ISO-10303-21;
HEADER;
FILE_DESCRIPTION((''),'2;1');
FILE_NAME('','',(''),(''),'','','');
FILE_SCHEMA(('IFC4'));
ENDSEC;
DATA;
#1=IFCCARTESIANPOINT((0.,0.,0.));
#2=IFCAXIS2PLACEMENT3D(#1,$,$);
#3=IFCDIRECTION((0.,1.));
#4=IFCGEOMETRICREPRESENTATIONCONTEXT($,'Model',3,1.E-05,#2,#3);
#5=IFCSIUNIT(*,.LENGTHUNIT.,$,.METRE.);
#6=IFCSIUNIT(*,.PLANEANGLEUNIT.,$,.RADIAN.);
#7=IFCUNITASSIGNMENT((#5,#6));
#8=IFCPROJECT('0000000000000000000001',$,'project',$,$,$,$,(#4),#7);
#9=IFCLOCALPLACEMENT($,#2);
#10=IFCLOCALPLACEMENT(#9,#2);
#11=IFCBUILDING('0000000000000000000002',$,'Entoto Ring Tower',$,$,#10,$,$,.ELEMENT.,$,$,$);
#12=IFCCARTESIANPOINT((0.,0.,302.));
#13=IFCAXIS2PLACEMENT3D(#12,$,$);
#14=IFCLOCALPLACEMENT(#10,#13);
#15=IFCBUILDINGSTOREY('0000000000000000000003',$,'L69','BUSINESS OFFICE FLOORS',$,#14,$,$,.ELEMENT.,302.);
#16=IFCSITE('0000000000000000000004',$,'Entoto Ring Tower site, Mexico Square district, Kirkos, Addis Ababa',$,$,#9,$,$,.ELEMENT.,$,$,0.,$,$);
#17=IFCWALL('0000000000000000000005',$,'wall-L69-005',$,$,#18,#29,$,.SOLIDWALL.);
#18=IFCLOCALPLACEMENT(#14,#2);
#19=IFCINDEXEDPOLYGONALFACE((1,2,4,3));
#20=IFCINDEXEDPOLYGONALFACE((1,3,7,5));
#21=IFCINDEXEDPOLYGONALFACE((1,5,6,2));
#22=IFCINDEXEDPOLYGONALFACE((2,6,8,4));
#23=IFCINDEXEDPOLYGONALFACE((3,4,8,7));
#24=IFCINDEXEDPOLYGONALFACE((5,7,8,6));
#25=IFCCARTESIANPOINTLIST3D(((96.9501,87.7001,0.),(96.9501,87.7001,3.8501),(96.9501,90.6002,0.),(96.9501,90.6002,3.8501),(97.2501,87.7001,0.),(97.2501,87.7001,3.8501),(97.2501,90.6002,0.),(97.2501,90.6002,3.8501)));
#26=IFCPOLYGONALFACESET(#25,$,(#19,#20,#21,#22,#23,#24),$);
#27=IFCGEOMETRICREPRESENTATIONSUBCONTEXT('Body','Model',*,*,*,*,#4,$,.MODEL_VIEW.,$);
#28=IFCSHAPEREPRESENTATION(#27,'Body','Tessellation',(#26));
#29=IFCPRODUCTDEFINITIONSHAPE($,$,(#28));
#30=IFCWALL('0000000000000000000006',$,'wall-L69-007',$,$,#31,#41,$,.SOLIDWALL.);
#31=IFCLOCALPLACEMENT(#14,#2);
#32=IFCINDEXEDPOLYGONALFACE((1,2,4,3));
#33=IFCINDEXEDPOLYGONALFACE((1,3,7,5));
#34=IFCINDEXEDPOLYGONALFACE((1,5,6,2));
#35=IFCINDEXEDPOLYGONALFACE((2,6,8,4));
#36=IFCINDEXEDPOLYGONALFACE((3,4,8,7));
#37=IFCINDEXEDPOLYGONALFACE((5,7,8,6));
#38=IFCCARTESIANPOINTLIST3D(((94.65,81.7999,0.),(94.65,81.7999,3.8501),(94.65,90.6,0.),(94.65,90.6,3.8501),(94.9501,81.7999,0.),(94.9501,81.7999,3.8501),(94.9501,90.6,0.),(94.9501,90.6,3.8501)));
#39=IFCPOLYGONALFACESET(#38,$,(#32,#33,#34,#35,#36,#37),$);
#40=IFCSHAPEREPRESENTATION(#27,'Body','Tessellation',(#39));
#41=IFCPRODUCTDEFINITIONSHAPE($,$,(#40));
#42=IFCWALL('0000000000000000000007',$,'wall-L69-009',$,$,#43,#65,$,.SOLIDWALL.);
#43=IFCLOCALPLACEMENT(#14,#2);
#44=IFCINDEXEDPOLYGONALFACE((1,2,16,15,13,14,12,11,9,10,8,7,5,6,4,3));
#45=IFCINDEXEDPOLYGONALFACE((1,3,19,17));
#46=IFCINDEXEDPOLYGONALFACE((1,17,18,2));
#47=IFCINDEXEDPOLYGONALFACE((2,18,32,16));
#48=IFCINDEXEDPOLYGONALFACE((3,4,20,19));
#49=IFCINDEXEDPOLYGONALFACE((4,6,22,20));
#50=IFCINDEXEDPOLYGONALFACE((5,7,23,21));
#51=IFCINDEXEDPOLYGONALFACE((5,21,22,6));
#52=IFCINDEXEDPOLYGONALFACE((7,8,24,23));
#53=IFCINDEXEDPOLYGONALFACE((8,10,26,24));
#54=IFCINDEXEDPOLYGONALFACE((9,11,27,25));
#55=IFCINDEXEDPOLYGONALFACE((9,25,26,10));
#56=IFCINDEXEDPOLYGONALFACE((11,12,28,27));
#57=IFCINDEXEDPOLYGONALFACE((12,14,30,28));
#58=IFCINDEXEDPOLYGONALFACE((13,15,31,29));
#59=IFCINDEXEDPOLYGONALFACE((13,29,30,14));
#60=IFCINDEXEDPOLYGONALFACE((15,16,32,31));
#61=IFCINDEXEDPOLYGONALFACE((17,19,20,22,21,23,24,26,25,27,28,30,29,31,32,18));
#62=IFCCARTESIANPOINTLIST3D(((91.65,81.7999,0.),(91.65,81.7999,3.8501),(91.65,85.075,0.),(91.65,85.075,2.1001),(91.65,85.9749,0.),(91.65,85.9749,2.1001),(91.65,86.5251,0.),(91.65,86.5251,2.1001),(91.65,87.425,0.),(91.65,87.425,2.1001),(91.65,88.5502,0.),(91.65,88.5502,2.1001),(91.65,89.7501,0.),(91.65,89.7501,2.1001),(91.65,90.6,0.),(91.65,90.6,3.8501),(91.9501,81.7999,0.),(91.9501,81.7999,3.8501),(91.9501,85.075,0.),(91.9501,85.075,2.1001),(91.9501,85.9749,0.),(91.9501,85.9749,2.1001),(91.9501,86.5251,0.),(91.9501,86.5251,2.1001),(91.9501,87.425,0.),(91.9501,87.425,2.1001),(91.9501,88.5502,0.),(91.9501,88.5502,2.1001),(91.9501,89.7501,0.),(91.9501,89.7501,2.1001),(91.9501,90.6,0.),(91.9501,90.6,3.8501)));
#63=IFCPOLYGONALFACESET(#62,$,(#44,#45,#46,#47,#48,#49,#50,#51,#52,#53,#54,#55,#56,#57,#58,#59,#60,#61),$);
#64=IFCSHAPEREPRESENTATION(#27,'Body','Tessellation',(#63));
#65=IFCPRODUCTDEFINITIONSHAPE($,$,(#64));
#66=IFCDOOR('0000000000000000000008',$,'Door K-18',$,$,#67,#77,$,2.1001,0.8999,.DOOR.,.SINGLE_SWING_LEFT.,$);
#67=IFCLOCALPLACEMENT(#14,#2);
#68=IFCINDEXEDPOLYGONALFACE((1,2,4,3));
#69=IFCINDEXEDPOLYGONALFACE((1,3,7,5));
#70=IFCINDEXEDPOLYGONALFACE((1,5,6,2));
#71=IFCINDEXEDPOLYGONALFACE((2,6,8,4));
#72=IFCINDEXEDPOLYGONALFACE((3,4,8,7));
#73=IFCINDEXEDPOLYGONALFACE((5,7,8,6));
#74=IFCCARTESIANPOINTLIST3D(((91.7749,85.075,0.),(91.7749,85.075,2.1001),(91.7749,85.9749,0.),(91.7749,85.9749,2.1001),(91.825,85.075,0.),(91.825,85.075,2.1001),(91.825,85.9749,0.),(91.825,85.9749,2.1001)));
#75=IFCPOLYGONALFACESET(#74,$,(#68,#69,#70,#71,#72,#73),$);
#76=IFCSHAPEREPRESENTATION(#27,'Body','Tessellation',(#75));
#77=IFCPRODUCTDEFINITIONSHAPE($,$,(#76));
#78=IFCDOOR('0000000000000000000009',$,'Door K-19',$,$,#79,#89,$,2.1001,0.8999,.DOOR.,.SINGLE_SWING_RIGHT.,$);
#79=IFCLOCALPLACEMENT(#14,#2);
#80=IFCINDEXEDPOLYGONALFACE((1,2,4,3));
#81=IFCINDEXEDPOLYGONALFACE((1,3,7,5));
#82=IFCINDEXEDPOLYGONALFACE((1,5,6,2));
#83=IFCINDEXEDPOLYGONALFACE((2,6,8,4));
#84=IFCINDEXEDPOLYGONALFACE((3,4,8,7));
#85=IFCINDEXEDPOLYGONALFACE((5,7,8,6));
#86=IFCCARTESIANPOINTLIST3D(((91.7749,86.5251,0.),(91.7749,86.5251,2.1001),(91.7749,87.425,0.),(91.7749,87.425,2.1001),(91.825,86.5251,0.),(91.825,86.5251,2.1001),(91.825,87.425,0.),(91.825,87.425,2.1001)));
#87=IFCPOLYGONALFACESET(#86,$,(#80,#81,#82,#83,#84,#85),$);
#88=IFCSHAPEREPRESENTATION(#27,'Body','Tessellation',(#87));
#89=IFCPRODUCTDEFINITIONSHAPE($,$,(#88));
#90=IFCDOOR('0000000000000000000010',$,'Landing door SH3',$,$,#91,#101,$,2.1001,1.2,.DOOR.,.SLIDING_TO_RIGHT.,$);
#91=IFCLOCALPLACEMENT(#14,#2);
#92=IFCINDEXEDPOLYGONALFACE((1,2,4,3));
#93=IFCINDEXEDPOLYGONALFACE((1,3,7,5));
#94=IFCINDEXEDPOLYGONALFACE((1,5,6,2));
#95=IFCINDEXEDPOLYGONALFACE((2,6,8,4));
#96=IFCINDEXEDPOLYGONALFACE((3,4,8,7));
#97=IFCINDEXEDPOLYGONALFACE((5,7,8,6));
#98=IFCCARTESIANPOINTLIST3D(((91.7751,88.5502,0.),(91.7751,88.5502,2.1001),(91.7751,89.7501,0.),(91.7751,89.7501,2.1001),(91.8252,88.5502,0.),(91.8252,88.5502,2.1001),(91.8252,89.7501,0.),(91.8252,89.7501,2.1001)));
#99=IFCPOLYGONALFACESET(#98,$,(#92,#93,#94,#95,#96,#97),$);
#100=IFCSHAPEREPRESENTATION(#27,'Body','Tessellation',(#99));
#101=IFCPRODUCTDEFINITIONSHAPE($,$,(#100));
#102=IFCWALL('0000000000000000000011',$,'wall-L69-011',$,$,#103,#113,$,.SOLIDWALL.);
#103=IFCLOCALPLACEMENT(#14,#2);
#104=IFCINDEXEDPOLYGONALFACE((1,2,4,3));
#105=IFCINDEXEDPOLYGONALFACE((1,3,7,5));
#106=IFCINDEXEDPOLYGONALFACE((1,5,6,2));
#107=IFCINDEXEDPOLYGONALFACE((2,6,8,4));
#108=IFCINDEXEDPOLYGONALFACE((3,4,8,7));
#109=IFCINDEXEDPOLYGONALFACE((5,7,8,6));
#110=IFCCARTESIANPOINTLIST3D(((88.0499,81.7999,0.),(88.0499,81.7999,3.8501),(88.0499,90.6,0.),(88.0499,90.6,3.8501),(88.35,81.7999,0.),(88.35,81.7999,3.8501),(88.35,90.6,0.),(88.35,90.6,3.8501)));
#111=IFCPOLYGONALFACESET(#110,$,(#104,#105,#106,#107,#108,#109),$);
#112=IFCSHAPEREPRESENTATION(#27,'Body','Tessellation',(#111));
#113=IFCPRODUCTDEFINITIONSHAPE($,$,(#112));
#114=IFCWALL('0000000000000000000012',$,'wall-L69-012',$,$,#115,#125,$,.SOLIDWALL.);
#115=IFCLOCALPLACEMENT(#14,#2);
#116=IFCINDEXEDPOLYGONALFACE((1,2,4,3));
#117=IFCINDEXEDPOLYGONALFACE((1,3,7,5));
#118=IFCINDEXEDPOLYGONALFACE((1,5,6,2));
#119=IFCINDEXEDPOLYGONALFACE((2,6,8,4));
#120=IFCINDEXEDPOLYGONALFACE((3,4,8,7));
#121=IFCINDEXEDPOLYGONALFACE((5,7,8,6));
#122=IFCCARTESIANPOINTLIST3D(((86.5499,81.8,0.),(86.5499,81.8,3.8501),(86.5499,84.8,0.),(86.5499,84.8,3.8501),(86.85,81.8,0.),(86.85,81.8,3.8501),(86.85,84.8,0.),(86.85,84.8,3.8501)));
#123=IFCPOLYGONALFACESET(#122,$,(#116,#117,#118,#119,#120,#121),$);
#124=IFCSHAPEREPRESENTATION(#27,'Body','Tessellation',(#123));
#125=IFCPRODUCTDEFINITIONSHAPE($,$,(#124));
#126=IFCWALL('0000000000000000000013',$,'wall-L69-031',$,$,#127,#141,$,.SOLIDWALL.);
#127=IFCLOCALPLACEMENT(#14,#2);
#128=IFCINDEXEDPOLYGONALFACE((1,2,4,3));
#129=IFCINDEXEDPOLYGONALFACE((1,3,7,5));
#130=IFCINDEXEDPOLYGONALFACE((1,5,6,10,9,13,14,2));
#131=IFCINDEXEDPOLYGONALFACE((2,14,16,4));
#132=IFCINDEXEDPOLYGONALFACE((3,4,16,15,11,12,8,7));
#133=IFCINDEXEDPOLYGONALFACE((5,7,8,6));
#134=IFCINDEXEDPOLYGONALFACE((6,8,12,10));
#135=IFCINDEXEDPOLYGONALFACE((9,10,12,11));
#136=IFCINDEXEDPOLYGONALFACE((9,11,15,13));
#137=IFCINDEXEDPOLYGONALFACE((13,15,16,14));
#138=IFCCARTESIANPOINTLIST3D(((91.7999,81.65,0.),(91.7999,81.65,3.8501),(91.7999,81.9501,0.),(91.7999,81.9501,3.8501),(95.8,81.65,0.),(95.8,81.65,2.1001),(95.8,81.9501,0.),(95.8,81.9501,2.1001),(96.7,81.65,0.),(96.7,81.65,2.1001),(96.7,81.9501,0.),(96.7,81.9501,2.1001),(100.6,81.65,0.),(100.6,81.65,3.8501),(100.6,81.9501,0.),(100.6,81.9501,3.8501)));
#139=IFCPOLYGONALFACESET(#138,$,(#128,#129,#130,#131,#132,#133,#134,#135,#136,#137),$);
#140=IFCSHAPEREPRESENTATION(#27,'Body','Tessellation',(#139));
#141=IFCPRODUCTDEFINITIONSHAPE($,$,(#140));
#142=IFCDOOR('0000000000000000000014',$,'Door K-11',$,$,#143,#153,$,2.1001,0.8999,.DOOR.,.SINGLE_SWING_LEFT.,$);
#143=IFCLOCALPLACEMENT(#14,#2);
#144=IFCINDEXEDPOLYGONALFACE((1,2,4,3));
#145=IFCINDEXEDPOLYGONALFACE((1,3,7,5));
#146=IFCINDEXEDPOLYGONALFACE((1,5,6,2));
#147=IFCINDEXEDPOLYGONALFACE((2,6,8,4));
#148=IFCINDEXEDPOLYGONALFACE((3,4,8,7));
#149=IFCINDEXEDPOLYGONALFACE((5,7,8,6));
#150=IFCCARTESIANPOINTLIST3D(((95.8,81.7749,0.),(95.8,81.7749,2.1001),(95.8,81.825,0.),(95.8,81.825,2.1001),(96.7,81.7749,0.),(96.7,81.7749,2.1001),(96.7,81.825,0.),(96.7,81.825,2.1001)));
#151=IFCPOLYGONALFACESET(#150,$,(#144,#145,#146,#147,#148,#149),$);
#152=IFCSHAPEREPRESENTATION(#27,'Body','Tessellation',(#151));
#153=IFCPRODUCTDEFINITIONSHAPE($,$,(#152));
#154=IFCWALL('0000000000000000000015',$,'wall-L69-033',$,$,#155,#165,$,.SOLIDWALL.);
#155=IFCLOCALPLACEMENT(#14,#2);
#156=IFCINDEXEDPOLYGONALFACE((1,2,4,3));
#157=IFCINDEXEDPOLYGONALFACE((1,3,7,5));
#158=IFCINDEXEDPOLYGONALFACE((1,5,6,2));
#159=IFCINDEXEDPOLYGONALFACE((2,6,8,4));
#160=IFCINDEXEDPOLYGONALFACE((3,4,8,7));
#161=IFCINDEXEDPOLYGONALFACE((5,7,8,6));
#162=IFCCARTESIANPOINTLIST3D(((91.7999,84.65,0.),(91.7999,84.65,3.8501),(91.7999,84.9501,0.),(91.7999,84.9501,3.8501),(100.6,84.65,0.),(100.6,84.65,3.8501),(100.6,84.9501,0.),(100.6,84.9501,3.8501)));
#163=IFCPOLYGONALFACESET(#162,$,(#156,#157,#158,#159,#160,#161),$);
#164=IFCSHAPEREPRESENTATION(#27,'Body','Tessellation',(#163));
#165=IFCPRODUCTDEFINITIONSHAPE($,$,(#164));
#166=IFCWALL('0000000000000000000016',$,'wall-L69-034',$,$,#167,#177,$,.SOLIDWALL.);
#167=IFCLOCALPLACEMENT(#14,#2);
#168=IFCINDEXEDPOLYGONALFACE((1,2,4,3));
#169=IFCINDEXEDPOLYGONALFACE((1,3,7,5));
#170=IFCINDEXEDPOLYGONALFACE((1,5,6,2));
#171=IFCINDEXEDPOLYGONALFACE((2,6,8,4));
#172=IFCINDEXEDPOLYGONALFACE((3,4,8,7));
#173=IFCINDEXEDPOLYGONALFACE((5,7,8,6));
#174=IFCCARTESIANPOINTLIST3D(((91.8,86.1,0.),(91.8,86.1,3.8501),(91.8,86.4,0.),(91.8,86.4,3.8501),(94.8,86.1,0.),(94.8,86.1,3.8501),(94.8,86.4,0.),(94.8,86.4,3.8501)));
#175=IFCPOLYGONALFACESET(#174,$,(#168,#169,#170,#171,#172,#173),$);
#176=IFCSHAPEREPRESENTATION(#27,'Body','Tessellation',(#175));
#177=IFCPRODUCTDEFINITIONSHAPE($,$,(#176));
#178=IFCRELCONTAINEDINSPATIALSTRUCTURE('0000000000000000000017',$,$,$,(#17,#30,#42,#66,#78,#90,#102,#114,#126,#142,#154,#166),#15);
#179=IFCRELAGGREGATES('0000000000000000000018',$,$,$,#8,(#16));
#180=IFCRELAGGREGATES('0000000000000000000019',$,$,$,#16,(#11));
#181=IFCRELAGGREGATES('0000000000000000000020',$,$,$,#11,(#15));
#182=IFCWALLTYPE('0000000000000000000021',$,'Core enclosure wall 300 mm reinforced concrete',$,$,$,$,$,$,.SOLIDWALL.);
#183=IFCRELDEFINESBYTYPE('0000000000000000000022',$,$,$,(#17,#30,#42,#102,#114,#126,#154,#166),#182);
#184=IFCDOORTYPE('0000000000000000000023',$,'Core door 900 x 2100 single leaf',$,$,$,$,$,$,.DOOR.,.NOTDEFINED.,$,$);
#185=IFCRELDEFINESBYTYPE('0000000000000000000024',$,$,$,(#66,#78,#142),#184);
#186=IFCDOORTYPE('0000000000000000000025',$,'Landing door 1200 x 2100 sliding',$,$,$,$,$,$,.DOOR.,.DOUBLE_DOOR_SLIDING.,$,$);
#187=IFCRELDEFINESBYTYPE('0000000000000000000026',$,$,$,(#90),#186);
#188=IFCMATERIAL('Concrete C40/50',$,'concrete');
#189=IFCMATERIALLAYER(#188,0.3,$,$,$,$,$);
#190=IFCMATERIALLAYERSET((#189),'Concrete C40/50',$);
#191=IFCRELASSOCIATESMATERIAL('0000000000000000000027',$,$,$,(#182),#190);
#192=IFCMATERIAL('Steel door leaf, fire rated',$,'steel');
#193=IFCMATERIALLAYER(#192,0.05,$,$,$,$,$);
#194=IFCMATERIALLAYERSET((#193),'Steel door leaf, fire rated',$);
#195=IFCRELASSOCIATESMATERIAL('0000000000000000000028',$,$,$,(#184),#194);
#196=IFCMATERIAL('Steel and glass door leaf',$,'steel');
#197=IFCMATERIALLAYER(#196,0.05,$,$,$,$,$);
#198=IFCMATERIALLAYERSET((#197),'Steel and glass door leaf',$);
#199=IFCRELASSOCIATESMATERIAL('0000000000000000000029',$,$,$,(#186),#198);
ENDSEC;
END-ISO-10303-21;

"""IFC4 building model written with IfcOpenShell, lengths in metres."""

from ifc_helpers import new_model, si_unit, direction, frame, frame_2d, origin, place, context, subcontext, project, spatial, rectangle, extrude, material, layer, layer_set, type_object, element, fill, save


model = new_model("IFC4")

# Units and contexts
model_context = context("Model", 3, precision=1e-05, world=origin(), true_north=direction((0.0, 1.0)))
body_context = subcontext(model_context, "Body", "Model", "MODEL_VIEW")
ifc_project = project(units=[si_unit("LENGTHUNIT", "METRE"), si_unit("PLANEANGLEUNIT", "RADIAN")], contexts=[model_context])

# Site, building, storey
site_placement = place(None, origin())
site = spatial("IfcSite", under=ifc_project, at=site_placement, Name="Entoto Ring Tower site, Mexico Square district, Kirkos, Addis Ababa", CompositionType="ELEMENT", RefElevation=0.0)
building_placement = place(site_placement, origin())
building = spatial("IfcBuilding", under=site, at=building_placement, Name="Entoto Ring Tower", CompositionType="ELEMENT")
storey_placement = place(building_placement, frame((0.0, 0.0, 302.0)))
storey = spatial("IfcBuildingStorey", under=building, at=storey_placement, Name="L69", Description="BUSINESS OFFICE FLOORS", CompositionType="ELEMENT", Elevation=302.0)

# Walls
ifc_material_1 = material(Name="Concrete C40/50", Category="concrete")
ifc_layer_1 = layer(ifc_material_1, 0.3)
ifc_layer_set_1 = layer_set([ifc_layer_1], Name="Concrete C40/50")
wall_type = type_object("IfcWallType", Name="Core enclosure wall 300 mm reinforced concrete", PredefinedType="SOLIDWALL", material=ifc_layer_set_1)
wall_1_placement = place(storey_placement, frame((97.1001, 87.7, 0.0), z_axis=(0.0, 0.0, 1.0), x_axis=(0.0, 1.0, 0.0)))
element("IfcWall", 1, at=wall_1_placement, inside=storey, type_object=wall_type, Name="wall-L69-005", PredefinedType="SOLIDWALL", context=body_context, shape_type="SweptSolid", body=[
    extrude(rectangle(XDim=2.9001, YDim=0.3, at=frame_2d((1.4502, 0.0))), origin(), (0.0, 0.0, 1.0), 3.8501),
])
wall_2_placement = place(storey_placement, frame((94.8, 81.8, 0.0), z_axis=(0.0, 0.0, 1.0), x_axis=(0.0, 1.0, 0.0)))
element("IfcWall", 2, at=wall_2_placement, inside=storey, type_object=wall_type, Name="wall-L69-007", PredefinedType="SOLIDWALL", context=body_context, shape_type="SweptSolid", body=[
    extrude(rectangle(XDim=8.8, YDim=0.3, at=frame_2d((4.3999, 0.0))), origin(), (0.0, 0.0, 1.0), 3.8501),
])

# Wall, openings, doors
wall_3_placement = place(storey_placement, frame((91.8, 81.8, 0.0), z_axis=(0.0, 0.0, 1.0), x_axis=(0.0, 1.0, 0.0)))
wall_3 = element("IfcWall", 3, at=wall_3_placement, inside=storey, type_object=wall_type, Name="wall-L69-009", PredefinedType="SOLIDWALL", context=body_context, shape_type="SweptSolid", body=[
    extrude(rectangle(XDim=8.8, YDim=0.3, at=frame_2d((4.3999, 0.0))), origin(), (0.0, 0.0, 1.0), 3.8501),
])
opening_1_placement = place(wall_3_placement, frame((6.75, 0.0, 0.0)))
opening_1 = element("IfcOpeningElement", 4, at=opening_1_placement, cuts=wall_3, PredefinedType="OPENING", context=body_context, shape_type="SweptSolid", body=[
    extrude(rectangle(XDim=1.2, YDim=2.1001, at=frame_2d((0.6001, 1.05))), frame((0.0, 0.1602, 0.0), z_axis=(0.0, -1.0, 0.0), x_axis=(1.0, 0.0, 0.0)), (0.0, 0.0, 1.0), 0.3201),
])
opening_2_placement = place(wall_3_placement, frame((3.2749, 0.0, 0.0)))
opening_2 = element("IfcOpeningElement", 5, at=opening_2_placement, cuts=wall_3, PredefinedType="OPENING", context=body_context, shape_type="SweptSolid", body=[
    extrude(rectangle(XDim=0.8999, YDim=2.1001, at=frame_2d((0.45, 1.05))), frame((0.0, 0.1602, 0.0), z_axis=(0.0, -1.0, 0.0), x_axis=(1.0, 0.0, 0.0)), (0.0, 0.0, 1.0), 0.3201),
])
opening_3_placement = place(wall_3_placement, frame((4.7251, 0.0, 0.0)))
opening_3 = element("IfcOpeningElement", 6, at=opening_3_placement, cuts=wall_3, PredefinedType="OPENING", context=body_context, shape_type="SweptSolid", body=[
    extrude(rectangle(XDim=0.8999, YDim=2.1001, at=frame_2d((0.45, 1.05))), frame((0.0, 0.1602, 0.0), z_axis=(0.0, -1.0, 0.0), x_axis=(1.0, 0.0, 0.0)), (0.0, 0.0, 1.0), 0.3201),
])
ifc_material_2 = material(Name="Steel door leaf, fire rated", Category="steel")
ifc_layer_2 = layer(ifc_material_2, 0.05)
ifc_layer_set_2 = layer_set([ifc_layer_2], Name="Steel door leaf, fire rated")
door_type_1 = type_object("IfcDoorType", Name="Core door 900 x 2100 single leaf", OperationType="NOTDEFINED", PredefinedType="DOOR", material=ifc_layer_set_2)
door_1_placement = place(opening_2_placement, frame((0.8999, 0.0, 0.0), z_axis=(0.0, 0.0, 1.0), x_axis=(-1.0, 0.0, 0.0)))
door_1 = element("IfcDoor", 7, at=door_1_placement, inside=storey, type_object=door_type_1, Name="Door K-18", OperationType="SINGLE_SWING_LEFT", OverallHeight=2.1001, OverallWidth=0.8999, PredefinedType="DOOR", context=body_context, shape_type="SweptSolid", body=[
    extrude(rectangle(XDim=0.8999, YDim=2.1001, at=frame_2d((0.45, 1.05))), frame((0.0, 0.0249, 0.0), z_axis=(0.0, -1.0, 0.0), x_axis=(1.0, 0.0, 0.0)), (0.0, 0.0, 1.0), 0.05),
])
fill(opening_2, door_1)
door_2_placement = place(opening_3_placement, frame((0.8999, 0.0, 0.0), z_axis=(0.0, 0.0, 1.0), x_axis=(-1.0, 0.0, 0.0)))
door_2 = element("IfcDoor", 8, at=door_2_placement, inside=storey, type_object=door_type_1, Name="Door K-19", OperationType="SINGLE_SWING_RIGHT", OverallHeight=2.1001, OverallWidth=0.8999, PredefinedType="DOOR", context=body_context, shape_type="SweptSolid", body=[
    extrude(rectangle(XDim=0.8999, YDim=2.1001, at=frame_2d((0.45, 1.05))), frame((0.0, 0.0249, 0.0), z_axis=(0.0, -1.0, 0.0), x_axis=(1.0, 0.0, 0.0)), (0.0, 0.0, 1.0), 0.05),
])
fill(opening_3, door_2)
ifc_material_3 = material(Name="Steel and glass door leaf", Category="steel")
ifc_layer_3 = layer(ifc_material_3, 0.05)
ifc_layer_set_3 = layer_set([ifc_layer_3], Name="Steel and glass door leaf")
door_type_2 = type_object("IfcDoorType", Name="Landing door 1200 x 2100 sliding", OperationType="DOUBLE_DOOR_SLIDING", PredefinedType="DOOR", material=ifc_layer_set_3)
door_3_placement = place(opening_1_placement, origin())
door_3 = element("IfcDoor", 9, at=door_3_placement, inside=storey, type_object=door_type_2, Name="Landing door SH3", OperationType="SLIDING_TO_RIGHT", OverallHeight=2.1001, OverallWidth=1.2, PredefinedType="DOOR", context=body_context, shape_type="SweptSolid", body=[
    extrude(rectangle(XDim=1.2, YDim=2.1001, at=frame_2d((0.6001, 1.05))), frame((0.0, 0.0249, 0.0), z_axis=(0.0, -1.0, 0.0), x_axis=(1.0, 0.0, 0.0)), (0.0, 0.0, 1.0), 0.05),
])
fill(opening_1, door_3)

# Walls
wall_4_placement = place(storey_placement, frame((88.2, 81.8, 0.0), z_axis=(0.0, 0.0, 1.0), x_axis=(0.0, 1.0, 0.0)))
element("IfcWall", 10, at=wall_4_placement, inside=storey, type_object=wall_type, Name="wall-L69-011", PredefinedType="SOLIDWALL", context=body_context, shape_type="SweptSolid", body=[
    extrude(rectangle(XDim=8.8, YDim=0.3, at=frame_2d((4.3999, 0.0))), origin(), (0.0, 0.0, 1.0), 3.8501),
])
wall_5_placement = place(storey_placement, frame((86.7, 81.8, 0.0), z_axis=(0.0, 0.0, 1.0), x_axis=(0.0, 1.0, 0.0)))
element("IfcWall", 11, at=wall_5_placement, inside=storey, type_object=wall_type, Name="wall-L69-012", PredefinedType="SOLIDWALL", context=body_context, shape_type="SweptSolid", body=[
    extrude(rectangle(XDim=3.0, YDim=0.3, at=frame_2d((1.5, 0.0))), origin(), (0.0, 0.0, 1.0), 3.8501),
])

# Wall, opening, door
wall_6_placement = place(storey_placement, frame((91.8, 81.8, 0.0), z_axis=(0.0, 0.0, 1.0), x_axis=(1.0, 0.0, 0.0)))
wall_6 = element("IfcWall", 12, at=wall_6_placement, inside=storey, type_object=wall_type, Name="wall-L69-031", PredefinedType="SOLIDWALL", context=body_context, shape_type="SweptSolid", body=[
    extrude(rectangle(XDim=8.8, YDim=0.3, at=frame_2d((4.3999, 0.0))), origin(), (0.0, 0.0, 1.0), 3.8501),
])
opening_4_placement = place(wall_6_placement, frame((4.0, 0.0, 0.0)))
opening_4 = element("IfcOpeningElement", 13, at=opening_4_placement, cuts=wall_6, PredefinedType="OPENING", context=body_context, shape_type="SweptSolid", body=[
    extrude(rectangle(XDim=0.8999, YDim=2.1001, at=frame_2d((0.45, 1.05))), frame((0.0, 0.1602, 0.0), z_axis=(0.0, -1.0, 0.0), x_axis=(1.0, 0.0, 0.0)), (0.0, 0.0, 1.0), 0.3201),
])
door_4_placement = place(opening_4_placement, origin())
door_4 = element("IfcDoor", 14, at=door_4_placement, inside=storey, type_object=door_type_1, Name="Door K-11", OperationType="SINGLE_SWING_LEFT", OverallHeight=2.1001, OverallWidth=0.8999, PredefinedType="DOOR", context=body_context, shape_type="SweptSolid", body=[
    extrude(rectangle(XDim=0.8999, YDim=2.1001, at=frame_2d((0.45, 1.05))), frame((0.0, 0.0249, 0.0), z_axis=(0.0, -1.0, 0.0), x_axis=(1.0, 0.0, 0.0)), (0.0, 0.0, 1.0), 0.05),
])
fill(opening_4, door_4)

# Walls
wall_7_placement = place(storey_placement, frame((91.8, 84.8, 0.0), z_axis=(0.0, 0.0, 1.0), x_axis=(1.0, 0.0, 0.0)))
element("IfcWall", 15, at=wall_7_placement, inside=storey, type_object=wall_type, Name="wall-L69-033", PredefinedType="SOLIDWALL", context=body_context, shape_type="SweptSolid", body=[
    extrude(rectangle(XDim=8.8, YDim=0.3, at=frame_2d((4.3999, 0.0))), origin(), (0.0, 0.0, 1.0), 3.8501),
])
for number, where, z_axis, x_axis, name in (
    (16, (91.8, 86.25, 0.0), (0.0, 0.0, 1.0), (1.0, 0.0, 0.0), "wall-L69-034"),
):
    element("IfcWall", number, at=place(storey_placement, frame(where, z_axis=z_axis, x_axis=x_axis)), inside=storey, type_object=wall_type, Name=name, PredefinedType="SOLIDWALL", context=body_context, shape_type="SweptSolid", body=[
        extrude(rectangle(XDim=3.0, YDim=0.3, at=frame_2d((1.5, 0.0))), origin(), (0.0, 0.0, 1.0), 3.8501),
    ])

save(model, "model.ifc")
